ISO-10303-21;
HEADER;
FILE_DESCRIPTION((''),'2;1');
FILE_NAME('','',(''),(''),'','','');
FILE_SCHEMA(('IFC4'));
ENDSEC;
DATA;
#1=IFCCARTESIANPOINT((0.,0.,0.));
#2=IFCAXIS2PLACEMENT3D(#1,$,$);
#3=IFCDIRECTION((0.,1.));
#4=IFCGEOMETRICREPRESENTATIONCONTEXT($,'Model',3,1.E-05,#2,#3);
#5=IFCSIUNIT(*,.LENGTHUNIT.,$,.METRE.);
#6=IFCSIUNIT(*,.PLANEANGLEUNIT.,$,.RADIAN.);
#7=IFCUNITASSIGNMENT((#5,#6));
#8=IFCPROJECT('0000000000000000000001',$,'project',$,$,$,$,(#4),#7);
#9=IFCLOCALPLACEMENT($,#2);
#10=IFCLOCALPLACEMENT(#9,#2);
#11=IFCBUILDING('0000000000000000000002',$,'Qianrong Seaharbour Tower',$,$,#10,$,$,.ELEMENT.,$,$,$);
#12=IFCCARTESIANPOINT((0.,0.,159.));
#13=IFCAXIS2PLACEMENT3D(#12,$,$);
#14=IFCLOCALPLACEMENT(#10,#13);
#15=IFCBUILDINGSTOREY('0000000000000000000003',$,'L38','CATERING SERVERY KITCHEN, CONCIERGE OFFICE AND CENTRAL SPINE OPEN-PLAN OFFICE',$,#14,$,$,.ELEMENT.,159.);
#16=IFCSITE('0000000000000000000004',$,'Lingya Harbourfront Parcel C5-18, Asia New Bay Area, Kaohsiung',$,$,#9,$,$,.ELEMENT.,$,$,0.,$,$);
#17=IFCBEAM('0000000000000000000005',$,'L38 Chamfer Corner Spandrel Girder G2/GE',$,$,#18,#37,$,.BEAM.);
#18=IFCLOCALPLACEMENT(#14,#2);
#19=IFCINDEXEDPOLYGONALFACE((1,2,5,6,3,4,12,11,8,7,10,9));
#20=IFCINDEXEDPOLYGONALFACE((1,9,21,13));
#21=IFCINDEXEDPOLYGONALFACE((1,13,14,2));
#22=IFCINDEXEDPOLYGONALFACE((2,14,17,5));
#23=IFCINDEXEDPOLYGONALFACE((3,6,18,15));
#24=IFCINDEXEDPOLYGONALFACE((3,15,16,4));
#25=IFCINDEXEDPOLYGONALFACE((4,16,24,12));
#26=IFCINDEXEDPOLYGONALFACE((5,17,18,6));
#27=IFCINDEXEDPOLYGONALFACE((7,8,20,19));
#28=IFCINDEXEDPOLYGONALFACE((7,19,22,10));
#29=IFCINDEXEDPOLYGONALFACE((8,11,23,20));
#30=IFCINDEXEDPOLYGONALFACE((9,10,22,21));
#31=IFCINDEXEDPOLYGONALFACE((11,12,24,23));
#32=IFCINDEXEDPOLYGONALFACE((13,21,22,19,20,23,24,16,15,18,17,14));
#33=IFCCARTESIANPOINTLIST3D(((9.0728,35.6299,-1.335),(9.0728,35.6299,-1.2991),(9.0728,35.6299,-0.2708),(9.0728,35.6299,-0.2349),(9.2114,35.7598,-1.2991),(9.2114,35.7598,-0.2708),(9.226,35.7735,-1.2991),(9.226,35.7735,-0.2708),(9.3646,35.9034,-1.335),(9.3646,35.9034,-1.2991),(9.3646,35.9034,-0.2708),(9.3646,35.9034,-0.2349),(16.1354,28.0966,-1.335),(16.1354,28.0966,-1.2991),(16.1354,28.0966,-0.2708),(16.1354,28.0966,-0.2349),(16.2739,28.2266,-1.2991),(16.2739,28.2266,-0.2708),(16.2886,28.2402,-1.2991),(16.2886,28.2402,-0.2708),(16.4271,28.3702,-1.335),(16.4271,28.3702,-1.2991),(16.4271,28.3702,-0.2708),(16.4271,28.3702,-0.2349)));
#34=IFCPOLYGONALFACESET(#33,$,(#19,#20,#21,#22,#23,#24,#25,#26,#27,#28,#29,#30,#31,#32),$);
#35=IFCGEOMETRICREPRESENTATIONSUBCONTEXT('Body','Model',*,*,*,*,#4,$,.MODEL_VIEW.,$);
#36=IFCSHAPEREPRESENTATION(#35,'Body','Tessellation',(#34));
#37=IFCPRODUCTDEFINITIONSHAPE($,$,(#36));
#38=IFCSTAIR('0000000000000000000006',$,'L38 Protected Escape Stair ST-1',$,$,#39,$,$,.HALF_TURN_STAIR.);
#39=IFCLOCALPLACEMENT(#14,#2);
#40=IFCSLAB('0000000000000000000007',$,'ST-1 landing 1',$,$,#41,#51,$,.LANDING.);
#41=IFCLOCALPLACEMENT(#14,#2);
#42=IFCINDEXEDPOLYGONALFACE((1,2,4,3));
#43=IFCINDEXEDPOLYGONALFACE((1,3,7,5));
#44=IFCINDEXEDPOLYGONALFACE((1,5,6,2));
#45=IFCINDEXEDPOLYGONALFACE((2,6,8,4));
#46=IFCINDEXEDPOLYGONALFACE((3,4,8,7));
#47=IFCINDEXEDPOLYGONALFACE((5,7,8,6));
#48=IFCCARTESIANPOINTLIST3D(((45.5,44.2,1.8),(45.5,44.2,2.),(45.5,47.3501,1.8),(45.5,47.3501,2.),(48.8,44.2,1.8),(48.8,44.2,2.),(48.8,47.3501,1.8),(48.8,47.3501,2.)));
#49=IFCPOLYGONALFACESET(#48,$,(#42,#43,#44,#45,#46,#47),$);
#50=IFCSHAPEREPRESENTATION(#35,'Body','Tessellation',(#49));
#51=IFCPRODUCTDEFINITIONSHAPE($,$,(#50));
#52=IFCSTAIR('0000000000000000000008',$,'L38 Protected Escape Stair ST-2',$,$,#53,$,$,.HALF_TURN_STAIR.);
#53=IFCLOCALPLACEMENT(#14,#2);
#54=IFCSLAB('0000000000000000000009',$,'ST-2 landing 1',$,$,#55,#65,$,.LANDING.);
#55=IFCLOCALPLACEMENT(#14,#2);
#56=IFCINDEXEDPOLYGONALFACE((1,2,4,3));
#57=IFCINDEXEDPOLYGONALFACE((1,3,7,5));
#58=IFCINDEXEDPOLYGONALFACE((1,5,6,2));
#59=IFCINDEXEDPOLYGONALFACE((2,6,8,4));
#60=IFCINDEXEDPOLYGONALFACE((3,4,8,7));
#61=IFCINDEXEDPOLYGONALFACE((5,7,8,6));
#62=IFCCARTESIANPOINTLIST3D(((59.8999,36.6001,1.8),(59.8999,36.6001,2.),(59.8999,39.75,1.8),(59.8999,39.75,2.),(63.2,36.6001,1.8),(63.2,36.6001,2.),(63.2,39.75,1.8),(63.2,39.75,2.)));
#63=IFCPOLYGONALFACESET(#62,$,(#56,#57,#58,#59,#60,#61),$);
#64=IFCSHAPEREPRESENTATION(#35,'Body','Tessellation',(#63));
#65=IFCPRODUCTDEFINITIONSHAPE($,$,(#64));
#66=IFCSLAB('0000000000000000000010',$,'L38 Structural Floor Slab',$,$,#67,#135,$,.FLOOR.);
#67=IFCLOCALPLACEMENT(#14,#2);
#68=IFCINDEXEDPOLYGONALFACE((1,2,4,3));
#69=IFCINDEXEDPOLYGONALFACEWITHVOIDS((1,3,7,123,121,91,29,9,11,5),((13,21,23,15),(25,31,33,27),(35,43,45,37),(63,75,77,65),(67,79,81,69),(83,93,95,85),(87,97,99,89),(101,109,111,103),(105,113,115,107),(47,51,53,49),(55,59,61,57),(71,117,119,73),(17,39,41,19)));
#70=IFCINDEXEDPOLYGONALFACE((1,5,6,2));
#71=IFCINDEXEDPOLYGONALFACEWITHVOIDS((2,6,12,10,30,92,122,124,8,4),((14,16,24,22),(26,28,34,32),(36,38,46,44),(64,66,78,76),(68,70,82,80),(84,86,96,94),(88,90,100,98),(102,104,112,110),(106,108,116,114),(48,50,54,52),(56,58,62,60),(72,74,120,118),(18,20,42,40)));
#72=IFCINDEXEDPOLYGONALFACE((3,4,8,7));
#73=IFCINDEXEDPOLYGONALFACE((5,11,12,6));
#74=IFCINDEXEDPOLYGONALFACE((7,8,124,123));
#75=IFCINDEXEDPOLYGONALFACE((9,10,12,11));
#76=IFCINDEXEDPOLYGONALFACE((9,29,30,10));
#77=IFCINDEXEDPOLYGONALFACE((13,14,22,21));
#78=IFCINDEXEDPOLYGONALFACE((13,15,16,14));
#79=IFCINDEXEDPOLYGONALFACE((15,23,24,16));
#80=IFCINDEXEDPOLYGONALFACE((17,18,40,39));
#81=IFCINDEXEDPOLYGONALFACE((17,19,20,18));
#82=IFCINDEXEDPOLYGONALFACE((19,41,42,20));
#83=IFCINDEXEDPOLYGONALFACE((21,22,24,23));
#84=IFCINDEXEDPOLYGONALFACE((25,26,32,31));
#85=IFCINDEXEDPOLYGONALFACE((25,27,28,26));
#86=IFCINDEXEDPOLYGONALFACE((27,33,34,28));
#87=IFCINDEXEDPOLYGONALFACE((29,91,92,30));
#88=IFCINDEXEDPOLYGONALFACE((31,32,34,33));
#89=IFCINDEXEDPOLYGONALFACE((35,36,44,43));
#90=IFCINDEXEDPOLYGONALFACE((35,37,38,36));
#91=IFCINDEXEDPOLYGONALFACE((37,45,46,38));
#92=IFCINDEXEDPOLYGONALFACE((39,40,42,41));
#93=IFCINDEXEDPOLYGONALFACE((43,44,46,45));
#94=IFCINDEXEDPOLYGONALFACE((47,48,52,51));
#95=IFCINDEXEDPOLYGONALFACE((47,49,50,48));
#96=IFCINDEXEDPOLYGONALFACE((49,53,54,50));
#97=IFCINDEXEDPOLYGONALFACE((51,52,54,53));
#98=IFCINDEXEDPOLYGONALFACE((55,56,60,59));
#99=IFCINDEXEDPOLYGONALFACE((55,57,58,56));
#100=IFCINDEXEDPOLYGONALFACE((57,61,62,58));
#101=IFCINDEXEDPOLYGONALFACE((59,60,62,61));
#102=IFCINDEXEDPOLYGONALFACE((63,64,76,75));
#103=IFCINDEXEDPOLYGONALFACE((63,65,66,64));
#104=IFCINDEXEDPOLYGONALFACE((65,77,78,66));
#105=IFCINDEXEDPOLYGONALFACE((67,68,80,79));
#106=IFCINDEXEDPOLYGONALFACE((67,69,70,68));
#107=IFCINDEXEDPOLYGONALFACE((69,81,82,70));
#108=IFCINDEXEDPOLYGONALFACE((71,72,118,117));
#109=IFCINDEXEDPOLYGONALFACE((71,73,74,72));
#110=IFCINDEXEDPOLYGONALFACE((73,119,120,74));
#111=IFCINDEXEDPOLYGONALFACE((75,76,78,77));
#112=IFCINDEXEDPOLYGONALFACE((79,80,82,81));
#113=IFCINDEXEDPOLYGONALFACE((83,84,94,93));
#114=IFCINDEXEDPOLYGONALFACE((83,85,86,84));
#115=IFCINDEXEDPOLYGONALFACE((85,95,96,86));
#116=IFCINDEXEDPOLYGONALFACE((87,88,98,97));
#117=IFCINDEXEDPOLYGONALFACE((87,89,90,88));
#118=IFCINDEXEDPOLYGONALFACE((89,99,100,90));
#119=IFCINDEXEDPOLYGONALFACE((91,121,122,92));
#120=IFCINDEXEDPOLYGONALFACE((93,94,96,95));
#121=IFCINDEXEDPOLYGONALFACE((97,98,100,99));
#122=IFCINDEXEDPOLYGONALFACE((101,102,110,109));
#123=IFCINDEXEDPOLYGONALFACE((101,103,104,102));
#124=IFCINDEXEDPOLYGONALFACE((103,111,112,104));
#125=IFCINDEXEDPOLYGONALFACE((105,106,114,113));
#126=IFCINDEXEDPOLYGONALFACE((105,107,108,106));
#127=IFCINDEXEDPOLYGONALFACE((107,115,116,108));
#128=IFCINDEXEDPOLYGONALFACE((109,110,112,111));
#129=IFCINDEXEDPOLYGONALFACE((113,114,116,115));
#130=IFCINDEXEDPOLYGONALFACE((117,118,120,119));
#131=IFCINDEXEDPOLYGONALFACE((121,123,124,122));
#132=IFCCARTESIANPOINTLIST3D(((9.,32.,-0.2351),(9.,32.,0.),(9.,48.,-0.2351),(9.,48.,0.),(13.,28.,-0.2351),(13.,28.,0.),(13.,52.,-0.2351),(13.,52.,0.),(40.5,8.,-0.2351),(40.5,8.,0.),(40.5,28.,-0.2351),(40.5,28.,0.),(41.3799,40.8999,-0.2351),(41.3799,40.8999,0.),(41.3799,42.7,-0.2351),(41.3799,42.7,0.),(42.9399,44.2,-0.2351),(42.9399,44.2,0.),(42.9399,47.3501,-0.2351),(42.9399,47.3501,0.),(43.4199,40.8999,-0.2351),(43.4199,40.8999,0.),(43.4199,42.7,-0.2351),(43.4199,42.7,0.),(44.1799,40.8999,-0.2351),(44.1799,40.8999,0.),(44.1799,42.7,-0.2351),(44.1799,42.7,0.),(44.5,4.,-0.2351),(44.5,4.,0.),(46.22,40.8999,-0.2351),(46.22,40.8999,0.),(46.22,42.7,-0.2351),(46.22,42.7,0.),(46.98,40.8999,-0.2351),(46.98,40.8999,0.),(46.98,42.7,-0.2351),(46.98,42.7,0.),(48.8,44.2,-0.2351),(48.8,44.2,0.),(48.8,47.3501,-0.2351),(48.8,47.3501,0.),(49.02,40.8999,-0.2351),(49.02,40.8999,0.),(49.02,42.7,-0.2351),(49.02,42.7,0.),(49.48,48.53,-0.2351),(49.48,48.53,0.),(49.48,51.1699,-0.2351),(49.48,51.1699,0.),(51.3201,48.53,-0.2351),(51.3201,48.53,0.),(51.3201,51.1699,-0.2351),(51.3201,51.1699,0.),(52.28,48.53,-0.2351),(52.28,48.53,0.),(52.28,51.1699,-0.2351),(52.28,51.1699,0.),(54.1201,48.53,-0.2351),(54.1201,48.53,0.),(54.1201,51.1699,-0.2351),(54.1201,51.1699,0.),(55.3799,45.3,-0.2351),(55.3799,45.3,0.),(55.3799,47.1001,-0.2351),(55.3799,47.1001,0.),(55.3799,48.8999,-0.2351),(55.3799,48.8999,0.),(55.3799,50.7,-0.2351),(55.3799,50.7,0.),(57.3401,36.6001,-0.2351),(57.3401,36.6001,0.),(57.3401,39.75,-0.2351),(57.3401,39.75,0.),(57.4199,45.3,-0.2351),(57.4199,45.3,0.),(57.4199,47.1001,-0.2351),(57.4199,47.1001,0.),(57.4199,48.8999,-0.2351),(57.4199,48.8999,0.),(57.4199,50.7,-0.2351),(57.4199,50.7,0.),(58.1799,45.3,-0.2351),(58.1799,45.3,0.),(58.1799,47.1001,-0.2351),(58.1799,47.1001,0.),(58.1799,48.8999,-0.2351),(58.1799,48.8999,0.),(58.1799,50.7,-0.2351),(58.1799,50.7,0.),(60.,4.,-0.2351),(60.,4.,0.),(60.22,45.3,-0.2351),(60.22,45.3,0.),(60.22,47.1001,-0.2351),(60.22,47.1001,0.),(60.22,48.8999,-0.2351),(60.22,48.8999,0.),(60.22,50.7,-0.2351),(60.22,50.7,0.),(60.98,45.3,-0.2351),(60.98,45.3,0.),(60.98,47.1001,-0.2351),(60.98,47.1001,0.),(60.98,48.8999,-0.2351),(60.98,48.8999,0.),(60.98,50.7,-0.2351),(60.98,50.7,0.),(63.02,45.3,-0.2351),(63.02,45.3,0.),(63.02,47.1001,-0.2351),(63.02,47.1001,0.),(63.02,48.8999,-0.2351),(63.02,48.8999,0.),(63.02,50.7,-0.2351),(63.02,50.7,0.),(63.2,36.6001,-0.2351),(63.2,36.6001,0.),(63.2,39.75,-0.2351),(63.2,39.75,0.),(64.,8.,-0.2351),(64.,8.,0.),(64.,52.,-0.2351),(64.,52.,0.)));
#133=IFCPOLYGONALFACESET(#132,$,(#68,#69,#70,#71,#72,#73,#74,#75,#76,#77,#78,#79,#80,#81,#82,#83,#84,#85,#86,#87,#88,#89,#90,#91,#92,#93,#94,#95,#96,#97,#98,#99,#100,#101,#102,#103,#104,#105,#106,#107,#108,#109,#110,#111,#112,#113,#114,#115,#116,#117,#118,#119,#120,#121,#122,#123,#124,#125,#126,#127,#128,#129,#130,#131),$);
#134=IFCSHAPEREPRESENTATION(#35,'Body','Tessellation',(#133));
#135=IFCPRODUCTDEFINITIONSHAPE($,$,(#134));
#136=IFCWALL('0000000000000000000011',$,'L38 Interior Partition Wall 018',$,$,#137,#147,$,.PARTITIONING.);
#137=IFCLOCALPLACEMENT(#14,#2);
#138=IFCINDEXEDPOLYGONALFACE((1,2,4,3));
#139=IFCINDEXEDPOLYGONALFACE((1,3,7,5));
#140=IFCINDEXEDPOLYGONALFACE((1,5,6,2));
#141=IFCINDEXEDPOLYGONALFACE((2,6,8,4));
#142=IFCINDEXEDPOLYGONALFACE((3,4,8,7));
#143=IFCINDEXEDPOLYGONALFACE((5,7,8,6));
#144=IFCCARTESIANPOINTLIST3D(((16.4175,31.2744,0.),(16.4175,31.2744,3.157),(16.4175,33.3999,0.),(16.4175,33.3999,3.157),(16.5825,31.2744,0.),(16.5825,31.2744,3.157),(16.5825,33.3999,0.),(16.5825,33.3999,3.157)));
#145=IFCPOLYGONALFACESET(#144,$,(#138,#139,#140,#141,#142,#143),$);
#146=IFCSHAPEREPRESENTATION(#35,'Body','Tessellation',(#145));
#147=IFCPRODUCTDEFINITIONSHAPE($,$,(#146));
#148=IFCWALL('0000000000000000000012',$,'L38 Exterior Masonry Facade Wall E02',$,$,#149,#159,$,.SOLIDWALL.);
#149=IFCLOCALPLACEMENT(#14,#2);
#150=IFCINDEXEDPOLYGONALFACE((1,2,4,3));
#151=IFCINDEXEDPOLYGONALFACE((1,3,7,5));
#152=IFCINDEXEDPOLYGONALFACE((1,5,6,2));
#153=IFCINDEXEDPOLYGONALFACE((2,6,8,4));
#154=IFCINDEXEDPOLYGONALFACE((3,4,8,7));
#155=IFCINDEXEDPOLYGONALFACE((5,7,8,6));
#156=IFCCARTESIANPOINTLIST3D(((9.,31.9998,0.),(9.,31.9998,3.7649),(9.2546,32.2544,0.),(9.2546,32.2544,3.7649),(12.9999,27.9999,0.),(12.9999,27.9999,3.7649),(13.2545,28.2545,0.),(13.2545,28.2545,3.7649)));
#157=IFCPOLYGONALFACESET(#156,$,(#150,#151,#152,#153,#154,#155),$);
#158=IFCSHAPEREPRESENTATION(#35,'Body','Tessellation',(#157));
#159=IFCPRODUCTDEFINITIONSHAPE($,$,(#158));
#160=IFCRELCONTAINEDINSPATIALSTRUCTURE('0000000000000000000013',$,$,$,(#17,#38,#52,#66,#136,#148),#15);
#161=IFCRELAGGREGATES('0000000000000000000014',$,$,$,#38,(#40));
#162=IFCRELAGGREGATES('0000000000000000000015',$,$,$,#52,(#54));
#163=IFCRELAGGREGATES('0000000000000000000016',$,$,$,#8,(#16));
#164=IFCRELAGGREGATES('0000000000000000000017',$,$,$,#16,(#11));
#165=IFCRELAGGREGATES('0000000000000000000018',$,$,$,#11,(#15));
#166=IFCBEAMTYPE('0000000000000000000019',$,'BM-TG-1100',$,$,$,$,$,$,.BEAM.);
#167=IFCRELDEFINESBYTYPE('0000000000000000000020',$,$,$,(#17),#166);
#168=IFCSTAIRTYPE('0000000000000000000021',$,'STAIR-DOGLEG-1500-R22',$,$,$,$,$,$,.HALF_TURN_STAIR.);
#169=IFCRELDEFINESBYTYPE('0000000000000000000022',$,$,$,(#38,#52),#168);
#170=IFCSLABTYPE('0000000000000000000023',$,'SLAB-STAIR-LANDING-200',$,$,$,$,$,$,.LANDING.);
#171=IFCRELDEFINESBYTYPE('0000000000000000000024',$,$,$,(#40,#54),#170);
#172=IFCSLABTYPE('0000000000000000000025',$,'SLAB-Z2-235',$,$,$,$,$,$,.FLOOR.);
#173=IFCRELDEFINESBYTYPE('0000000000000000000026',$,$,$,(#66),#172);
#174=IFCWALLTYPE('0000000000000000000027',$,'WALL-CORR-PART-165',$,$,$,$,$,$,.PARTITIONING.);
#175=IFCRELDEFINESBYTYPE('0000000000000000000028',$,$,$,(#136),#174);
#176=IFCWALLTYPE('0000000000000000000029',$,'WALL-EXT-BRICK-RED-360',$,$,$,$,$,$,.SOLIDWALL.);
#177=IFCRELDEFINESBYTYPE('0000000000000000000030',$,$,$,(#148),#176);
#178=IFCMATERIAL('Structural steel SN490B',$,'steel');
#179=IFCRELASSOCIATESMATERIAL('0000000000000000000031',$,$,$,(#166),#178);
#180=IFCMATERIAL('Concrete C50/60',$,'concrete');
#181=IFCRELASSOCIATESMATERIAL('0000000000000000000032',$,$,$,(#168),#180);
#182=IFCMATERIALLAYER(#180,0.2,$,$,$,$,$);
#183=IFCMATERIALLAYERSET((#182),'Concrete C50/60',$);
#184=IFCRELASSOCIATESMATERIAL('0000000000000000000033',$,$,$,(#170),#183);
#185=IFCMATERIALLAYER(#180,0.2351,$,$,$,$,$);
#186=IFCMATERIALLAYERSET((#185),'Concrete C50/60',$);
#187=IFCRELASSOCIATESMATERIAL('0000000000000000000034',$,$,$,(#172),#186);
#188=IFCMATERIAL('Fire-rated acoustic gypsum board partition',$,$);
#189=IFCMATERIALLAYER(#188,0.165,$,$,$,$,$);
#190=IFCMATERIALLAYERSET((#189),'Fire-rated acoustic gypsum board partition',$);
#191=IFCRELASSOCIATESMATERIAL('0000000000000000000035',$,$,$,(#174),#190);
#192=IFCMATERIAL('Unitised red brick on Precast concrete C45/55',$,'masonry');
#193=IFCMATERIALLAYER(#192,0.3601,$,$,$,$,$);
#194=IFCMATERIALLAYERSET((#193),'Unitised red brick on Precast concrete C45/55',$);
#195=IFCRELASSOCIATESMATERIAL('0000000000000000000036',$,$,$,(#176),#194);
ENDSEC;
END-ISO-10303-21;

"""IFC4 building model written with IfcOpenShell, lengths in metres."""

from ifc_helpers import new_model, si_unit, direction, frame, frame_2d, origin, origin_2d, place, context, subcontext, project, spatial, polyline, rectangle, i_section, outline, extrude, material, layer, layer_set, material_profile, profile_set, type_object, element, aggregate, save


model = new_model("IFC4")

# Units and contexts
model_context = context("Model", 3, precision=1e-05, world=origin(), true_north=direction((0.0, 1.0)))
body_context = subcontext(model_context, "Body", "Model", "MODEL_VIEW")
ifc_project = project(units=[si_unit("LENGTHUNIT", "METRE"), si_unit("PLANEANGLEUNIT", "RADIAN")], contexts=[model_context])

# Site, building, storey
site_placement = place(None, origin())
site = spatial("IfcSite", under=ifc_project, at=site_placement, Name="Lingya Harbourfront Parcel C5-18, Asia New Bay Area, Kaohsiung", CompositionType="ELEMENT", RefElevation=0.0)
building_placement = place(site_placement, origin())
building = spatial("IfcBuilding", under=site, at=building_placement, Name="Qianrong Seaharbour Tower", CompositionType="ELEMENT")
storey_placement = place(building_placement, frame((0.0, 0.0, 159.0)))
storey = spatial("IfcBuildingStorey", under=building, at=storey_placement, Name="L38", Description="CATERING SERVERY KITCHEN, CONCIERGE OFFICE AND CENTRAL SPINE OPEN-PLAN OFFICE", CompositionType="ELEMENT", Elevation=159.0)

# Shared definitions
ifc_material_1 = material(Name="Structural steel SN490B", Category="steel")

# Beam
ifc_material_profile_1 = material_profile(ifc_material_1, i_section(OverallWidth=0.3999, OverallDepth=1.1001, WebThickness=0.02, FlangeThickness=0.0359, at=origin_2d()), Name="BH1100x400x20x36")
ifc_profile_set_1 = profile_set([ifc_material_profile_1], Name="Structural steel SN490B")
beam_type_1 = type_object("IfcBeamType", Name="BM-TG-1100", PredefinedType="BEAM", material=ifc_profile_set_1)
beam_1_placement = place(storey_placement, frame((16.2812, 28.2334, -0.7849), z_axis=(-0.683947, 0.729531, 0.0), x_axis=(-0.729531, -0.683947, 0.0)))
element("IfcBeam", 1, at=beam_1_placement, inside=storey, type_object=beam_type_1, Name="L38 Chamfer Corner Spandrel Girder G2/GE", PredefinedType="BEAM", context=body_context, shape_type="SweptSolid", body=[
    extrude(i_section(OverallWidth=0.3999, OverallDepth=1.1001, WebThickness=0.02, FlangeThickness=0.0359, at=origin_2d()), origin(), (0.0, 0.0, 1.0), 10.3262),
])

# Stairs, slabs
ifc_material_2 = material(Name="Concrete C50/60", Category="concrete")
stair_type = type_object("IfcStairType", Name="STAIR-DOGLEG-1500-R22", PredefinedType="HALF_TURN_STAIR", material=ifc_material_2)
stair_1_placement = place(storey_placement, origin())
stair_1 = element("IfcStair", 2, at=stair_1_placement, inside=storey, type_object=stair_type, Name="L38 Protected Escape Stair ST-1", PredefinedType="HALF_TURN_STAIR")
ifc_layer_1 = layer(ifc_material_2, 0.2)
ifc_layer_set_1 = layer_set([ifc_layer_1], Name="Concrete C50/60")
slab_type_1 = type_object("IfcSlabType", Name="SLAB-STAIR-LANDING-200", PredefinedType="LANDING", material=ifc_layer_set_1)
slab_1_placement = place(storey_placement, frame((0.0, 0.0, 1.8)))
slab_1 = element("IfcSlab", 3, at=slab_1_placement, type_object=slab_type_1, Name="ST-1 landing 1", PredefinedType="LANDING", context=body_context, shape_type="SweptSolid", body=[
    extrude(outline(polyline([(45.5, 44.2), (48.8, 44.2), (48.8, 47.3501), (45.5, 47.3501), (45.5, 44.2)])), origin(), (0.0, 0.0, 1.0), 0.2),
])
aggregate(stair_1, [slab_1])
stair_2_placement = place(storey_placement, origin())
stair_2 = element("IfcStair", 4, at=stair_2_placement, inside=storey, type_object=stair_type, Name="L38 Protected Escape Stair ST-2", PredefinedType="HALF_TURN_STAIR")
slab_2_placement = place(storey_placement, frame((0.0, 0.0, 1.8)))
slab_2 = element("IfcSlab", 5, at=slab_2_placement, type_object=slab_type_1, Name="ST-2 landing 1", PredefinedType="LANDING", context=body_context, shape_type="SweptSolid", body=[
    extrude(outline(polyline([(59.8999, 36.6001), (63.2, 36.6001), (63.2, 39.75), (59.8999, 39.75), (59.8999, 36.6001)])), origin(), (0.0, 0.0, 1.0), 0.2),
])
aggregate(stair_2, [slab_2])

# Slab
ifc_layer_2 = layer(ifc_material_2, 0.2351)
ifc_layer_set_2 = layer_set([ifc_layer_2], Name="Concrete C50/60")
slab_type_2 = type_object("IfcSlabType", Name="SLAB-Z2-235", PredefinedType="FLOOR", material=ifc_layer_set_2)
slab_3_placement = place(storey_placement, frame((0.0, 0.0, -0.2351)))
element("IfcSlab", 6, at=slab_3_placement, inside=storey, type_object=slab_type_2, Name="L38 Structural Floor Slab", PredefinedType="FLOOR", context=body_context, shape_type="SweptSolid", body=[
    extrude(outline(polyline([(44.5, 4.0), (60.0, 4.0), (64.0, 8.0), (64.0, 52.0), (13.0, 52.0), (9.0, 48.0), (9.0, 32.0), (13.0, 28.0), (40.5, 28.0), (40.5, 8.0), (44.5, 4.0)]), holes=[polyline([(42.9399, 44.2), (42.9399, 47.3501), (48.8, 47.3501), (48.8, 44.2), (42.9399, 44.2)]), polyline([(57.3401, 36.6001), (57.3401, 39.75), (63.2, 39.75), (63.2, 36.6001), (57.3401, 36.6001)]), polyline([(49.48, 48.53), (49.48, 51.1699), (51.3201, 51.1699), (51.3201, 48.53), (49.48, 48.53)]), polyline([(52.28, 48.53), (52.28, 51.1699), (54.1201, 51.1699), (54.1201, 48.53), (52.28, 48.53)]), polyline([(41.3799, 40.8999), (41.3799, 42.7), (43.4199, 42.7), (43.4199, 40.8999), (41.3799, 40.8999)]), polyline([(44.1799, 40.8999), (44.1799, 42.7), (46.22, 42.7), (46.22, 40.8999), (44.1799, 40.8999)]), polyline([(46.98, 40.8999), (46.98, 42.7), (49.02, 42.7), (49.02, 40.8999), (46.98, 40.8999)]), polyline([(55.3799, 45.3), (55.3799, 47.1001), (57.4199, 47.1001), (57.4199, 45.3), (55.3799, 45.3)]), polyline([(58.1799, 45.3), (58.1799, 47.1001), (60.22, 47.1001), (60.22, 45.3), (58.1799, 45.3)]), polyline([(60.98, 45.3), (60.98, 47.1001), (63.02, 47.1001), (63.02, 45.3), (60.98, 45.3)]), polyline([(55.3799, 48.8999), (55.3799, 50.7), (57.4199, 50.7), (57.4199, 48.8999), (55.3799, 48.8999)]), polyline([(58.1799, 48.8999), (58.1799, 50.7), (60.22, 50.7), (60.22, 48.8999), (58.1799, 48.8999)]), polyline([(60.98, 48.8999), (60.98, 50.7), (63.02, 50.7), (63.02, 48.8999), (60.98, 48.8999)])]), origin(), (0.0, 0.0, 1.0), 0.2351),
])

# Walls
ifc_material_3 = material(Name="Fire-rated acoustic gypsum board partition")
ifc_layer_3 = layer(ifc_material_3, 0.165)
ifc_layer_set_3 = layer_set([ifc_layer_3], Name="Fire-rated acoustic gypsum board partition")
wall_type_1 = type_object("IfcWallType", Name="WALL-CORR-PART-165", PredefinedType="PARTITIONING", material=ifc_layer_set_3)
wall_1_placement = place(storey_placement, frame((16.5, 31.2744, 0.0), z_axis=(0.0, 0.0, 1.0), x_axis=(0.0, 1.0, 0.0)))
element("IfcWall", 7, at=wall_1_placement, inside=storey, type_object=wall_type_1, Name="L38 Interior Partition Wall 018", PredefinedType="PARTITIONING", context=body_context, shape_type="SweptSolid", body=[
    extrude(rectangle(XDim=2.1255, YDim=0.165, at=frame_2d((1.0627, 0.0))), origin(), (0.0, 0.0, 1.0), 3.157),
])
ifc_material_4 = material(Name="Unitised red brick on Precast concrete C45/55", Category="masonry")
ifc_layer_4 = layer(ifc_material_4, 0.3601)
ifc_layer_set_4 = layer_set([ifc_layer_4], Name="Unitised red brick on Precast concrete C45/55")
wall_type_2 = type_object("IfcWallType", Name="WALL-EXT-BRICK-RED-360", PredefinedType="SOLIDWALL", material=ifc_layer_set_4)
wall_2_placement = place(storey_placement, frame((13.1272, 28.1272, 0.0), z_axis=(0.0, 0.0, 1.0), x_axis=(-0.707107, 0.707107, 0.0)))
element("IfcWall", 8, at=wall_2_placement, inside=storey, type_object=wall_type_2, Name="L38 Exterior Masonry Facade Wall E02", PredefinedType="SOLIDWALL", context=body_context, shape_type="SweptSolid", body=[
    extrude(rectangle(XDim=5.6567, YDim=0.3601, at=frame_2d((2.8284, 0.0))), origin(), (0.0, 0.0, 1.0), 3.7649),
])

save(model, "model.ifc")
